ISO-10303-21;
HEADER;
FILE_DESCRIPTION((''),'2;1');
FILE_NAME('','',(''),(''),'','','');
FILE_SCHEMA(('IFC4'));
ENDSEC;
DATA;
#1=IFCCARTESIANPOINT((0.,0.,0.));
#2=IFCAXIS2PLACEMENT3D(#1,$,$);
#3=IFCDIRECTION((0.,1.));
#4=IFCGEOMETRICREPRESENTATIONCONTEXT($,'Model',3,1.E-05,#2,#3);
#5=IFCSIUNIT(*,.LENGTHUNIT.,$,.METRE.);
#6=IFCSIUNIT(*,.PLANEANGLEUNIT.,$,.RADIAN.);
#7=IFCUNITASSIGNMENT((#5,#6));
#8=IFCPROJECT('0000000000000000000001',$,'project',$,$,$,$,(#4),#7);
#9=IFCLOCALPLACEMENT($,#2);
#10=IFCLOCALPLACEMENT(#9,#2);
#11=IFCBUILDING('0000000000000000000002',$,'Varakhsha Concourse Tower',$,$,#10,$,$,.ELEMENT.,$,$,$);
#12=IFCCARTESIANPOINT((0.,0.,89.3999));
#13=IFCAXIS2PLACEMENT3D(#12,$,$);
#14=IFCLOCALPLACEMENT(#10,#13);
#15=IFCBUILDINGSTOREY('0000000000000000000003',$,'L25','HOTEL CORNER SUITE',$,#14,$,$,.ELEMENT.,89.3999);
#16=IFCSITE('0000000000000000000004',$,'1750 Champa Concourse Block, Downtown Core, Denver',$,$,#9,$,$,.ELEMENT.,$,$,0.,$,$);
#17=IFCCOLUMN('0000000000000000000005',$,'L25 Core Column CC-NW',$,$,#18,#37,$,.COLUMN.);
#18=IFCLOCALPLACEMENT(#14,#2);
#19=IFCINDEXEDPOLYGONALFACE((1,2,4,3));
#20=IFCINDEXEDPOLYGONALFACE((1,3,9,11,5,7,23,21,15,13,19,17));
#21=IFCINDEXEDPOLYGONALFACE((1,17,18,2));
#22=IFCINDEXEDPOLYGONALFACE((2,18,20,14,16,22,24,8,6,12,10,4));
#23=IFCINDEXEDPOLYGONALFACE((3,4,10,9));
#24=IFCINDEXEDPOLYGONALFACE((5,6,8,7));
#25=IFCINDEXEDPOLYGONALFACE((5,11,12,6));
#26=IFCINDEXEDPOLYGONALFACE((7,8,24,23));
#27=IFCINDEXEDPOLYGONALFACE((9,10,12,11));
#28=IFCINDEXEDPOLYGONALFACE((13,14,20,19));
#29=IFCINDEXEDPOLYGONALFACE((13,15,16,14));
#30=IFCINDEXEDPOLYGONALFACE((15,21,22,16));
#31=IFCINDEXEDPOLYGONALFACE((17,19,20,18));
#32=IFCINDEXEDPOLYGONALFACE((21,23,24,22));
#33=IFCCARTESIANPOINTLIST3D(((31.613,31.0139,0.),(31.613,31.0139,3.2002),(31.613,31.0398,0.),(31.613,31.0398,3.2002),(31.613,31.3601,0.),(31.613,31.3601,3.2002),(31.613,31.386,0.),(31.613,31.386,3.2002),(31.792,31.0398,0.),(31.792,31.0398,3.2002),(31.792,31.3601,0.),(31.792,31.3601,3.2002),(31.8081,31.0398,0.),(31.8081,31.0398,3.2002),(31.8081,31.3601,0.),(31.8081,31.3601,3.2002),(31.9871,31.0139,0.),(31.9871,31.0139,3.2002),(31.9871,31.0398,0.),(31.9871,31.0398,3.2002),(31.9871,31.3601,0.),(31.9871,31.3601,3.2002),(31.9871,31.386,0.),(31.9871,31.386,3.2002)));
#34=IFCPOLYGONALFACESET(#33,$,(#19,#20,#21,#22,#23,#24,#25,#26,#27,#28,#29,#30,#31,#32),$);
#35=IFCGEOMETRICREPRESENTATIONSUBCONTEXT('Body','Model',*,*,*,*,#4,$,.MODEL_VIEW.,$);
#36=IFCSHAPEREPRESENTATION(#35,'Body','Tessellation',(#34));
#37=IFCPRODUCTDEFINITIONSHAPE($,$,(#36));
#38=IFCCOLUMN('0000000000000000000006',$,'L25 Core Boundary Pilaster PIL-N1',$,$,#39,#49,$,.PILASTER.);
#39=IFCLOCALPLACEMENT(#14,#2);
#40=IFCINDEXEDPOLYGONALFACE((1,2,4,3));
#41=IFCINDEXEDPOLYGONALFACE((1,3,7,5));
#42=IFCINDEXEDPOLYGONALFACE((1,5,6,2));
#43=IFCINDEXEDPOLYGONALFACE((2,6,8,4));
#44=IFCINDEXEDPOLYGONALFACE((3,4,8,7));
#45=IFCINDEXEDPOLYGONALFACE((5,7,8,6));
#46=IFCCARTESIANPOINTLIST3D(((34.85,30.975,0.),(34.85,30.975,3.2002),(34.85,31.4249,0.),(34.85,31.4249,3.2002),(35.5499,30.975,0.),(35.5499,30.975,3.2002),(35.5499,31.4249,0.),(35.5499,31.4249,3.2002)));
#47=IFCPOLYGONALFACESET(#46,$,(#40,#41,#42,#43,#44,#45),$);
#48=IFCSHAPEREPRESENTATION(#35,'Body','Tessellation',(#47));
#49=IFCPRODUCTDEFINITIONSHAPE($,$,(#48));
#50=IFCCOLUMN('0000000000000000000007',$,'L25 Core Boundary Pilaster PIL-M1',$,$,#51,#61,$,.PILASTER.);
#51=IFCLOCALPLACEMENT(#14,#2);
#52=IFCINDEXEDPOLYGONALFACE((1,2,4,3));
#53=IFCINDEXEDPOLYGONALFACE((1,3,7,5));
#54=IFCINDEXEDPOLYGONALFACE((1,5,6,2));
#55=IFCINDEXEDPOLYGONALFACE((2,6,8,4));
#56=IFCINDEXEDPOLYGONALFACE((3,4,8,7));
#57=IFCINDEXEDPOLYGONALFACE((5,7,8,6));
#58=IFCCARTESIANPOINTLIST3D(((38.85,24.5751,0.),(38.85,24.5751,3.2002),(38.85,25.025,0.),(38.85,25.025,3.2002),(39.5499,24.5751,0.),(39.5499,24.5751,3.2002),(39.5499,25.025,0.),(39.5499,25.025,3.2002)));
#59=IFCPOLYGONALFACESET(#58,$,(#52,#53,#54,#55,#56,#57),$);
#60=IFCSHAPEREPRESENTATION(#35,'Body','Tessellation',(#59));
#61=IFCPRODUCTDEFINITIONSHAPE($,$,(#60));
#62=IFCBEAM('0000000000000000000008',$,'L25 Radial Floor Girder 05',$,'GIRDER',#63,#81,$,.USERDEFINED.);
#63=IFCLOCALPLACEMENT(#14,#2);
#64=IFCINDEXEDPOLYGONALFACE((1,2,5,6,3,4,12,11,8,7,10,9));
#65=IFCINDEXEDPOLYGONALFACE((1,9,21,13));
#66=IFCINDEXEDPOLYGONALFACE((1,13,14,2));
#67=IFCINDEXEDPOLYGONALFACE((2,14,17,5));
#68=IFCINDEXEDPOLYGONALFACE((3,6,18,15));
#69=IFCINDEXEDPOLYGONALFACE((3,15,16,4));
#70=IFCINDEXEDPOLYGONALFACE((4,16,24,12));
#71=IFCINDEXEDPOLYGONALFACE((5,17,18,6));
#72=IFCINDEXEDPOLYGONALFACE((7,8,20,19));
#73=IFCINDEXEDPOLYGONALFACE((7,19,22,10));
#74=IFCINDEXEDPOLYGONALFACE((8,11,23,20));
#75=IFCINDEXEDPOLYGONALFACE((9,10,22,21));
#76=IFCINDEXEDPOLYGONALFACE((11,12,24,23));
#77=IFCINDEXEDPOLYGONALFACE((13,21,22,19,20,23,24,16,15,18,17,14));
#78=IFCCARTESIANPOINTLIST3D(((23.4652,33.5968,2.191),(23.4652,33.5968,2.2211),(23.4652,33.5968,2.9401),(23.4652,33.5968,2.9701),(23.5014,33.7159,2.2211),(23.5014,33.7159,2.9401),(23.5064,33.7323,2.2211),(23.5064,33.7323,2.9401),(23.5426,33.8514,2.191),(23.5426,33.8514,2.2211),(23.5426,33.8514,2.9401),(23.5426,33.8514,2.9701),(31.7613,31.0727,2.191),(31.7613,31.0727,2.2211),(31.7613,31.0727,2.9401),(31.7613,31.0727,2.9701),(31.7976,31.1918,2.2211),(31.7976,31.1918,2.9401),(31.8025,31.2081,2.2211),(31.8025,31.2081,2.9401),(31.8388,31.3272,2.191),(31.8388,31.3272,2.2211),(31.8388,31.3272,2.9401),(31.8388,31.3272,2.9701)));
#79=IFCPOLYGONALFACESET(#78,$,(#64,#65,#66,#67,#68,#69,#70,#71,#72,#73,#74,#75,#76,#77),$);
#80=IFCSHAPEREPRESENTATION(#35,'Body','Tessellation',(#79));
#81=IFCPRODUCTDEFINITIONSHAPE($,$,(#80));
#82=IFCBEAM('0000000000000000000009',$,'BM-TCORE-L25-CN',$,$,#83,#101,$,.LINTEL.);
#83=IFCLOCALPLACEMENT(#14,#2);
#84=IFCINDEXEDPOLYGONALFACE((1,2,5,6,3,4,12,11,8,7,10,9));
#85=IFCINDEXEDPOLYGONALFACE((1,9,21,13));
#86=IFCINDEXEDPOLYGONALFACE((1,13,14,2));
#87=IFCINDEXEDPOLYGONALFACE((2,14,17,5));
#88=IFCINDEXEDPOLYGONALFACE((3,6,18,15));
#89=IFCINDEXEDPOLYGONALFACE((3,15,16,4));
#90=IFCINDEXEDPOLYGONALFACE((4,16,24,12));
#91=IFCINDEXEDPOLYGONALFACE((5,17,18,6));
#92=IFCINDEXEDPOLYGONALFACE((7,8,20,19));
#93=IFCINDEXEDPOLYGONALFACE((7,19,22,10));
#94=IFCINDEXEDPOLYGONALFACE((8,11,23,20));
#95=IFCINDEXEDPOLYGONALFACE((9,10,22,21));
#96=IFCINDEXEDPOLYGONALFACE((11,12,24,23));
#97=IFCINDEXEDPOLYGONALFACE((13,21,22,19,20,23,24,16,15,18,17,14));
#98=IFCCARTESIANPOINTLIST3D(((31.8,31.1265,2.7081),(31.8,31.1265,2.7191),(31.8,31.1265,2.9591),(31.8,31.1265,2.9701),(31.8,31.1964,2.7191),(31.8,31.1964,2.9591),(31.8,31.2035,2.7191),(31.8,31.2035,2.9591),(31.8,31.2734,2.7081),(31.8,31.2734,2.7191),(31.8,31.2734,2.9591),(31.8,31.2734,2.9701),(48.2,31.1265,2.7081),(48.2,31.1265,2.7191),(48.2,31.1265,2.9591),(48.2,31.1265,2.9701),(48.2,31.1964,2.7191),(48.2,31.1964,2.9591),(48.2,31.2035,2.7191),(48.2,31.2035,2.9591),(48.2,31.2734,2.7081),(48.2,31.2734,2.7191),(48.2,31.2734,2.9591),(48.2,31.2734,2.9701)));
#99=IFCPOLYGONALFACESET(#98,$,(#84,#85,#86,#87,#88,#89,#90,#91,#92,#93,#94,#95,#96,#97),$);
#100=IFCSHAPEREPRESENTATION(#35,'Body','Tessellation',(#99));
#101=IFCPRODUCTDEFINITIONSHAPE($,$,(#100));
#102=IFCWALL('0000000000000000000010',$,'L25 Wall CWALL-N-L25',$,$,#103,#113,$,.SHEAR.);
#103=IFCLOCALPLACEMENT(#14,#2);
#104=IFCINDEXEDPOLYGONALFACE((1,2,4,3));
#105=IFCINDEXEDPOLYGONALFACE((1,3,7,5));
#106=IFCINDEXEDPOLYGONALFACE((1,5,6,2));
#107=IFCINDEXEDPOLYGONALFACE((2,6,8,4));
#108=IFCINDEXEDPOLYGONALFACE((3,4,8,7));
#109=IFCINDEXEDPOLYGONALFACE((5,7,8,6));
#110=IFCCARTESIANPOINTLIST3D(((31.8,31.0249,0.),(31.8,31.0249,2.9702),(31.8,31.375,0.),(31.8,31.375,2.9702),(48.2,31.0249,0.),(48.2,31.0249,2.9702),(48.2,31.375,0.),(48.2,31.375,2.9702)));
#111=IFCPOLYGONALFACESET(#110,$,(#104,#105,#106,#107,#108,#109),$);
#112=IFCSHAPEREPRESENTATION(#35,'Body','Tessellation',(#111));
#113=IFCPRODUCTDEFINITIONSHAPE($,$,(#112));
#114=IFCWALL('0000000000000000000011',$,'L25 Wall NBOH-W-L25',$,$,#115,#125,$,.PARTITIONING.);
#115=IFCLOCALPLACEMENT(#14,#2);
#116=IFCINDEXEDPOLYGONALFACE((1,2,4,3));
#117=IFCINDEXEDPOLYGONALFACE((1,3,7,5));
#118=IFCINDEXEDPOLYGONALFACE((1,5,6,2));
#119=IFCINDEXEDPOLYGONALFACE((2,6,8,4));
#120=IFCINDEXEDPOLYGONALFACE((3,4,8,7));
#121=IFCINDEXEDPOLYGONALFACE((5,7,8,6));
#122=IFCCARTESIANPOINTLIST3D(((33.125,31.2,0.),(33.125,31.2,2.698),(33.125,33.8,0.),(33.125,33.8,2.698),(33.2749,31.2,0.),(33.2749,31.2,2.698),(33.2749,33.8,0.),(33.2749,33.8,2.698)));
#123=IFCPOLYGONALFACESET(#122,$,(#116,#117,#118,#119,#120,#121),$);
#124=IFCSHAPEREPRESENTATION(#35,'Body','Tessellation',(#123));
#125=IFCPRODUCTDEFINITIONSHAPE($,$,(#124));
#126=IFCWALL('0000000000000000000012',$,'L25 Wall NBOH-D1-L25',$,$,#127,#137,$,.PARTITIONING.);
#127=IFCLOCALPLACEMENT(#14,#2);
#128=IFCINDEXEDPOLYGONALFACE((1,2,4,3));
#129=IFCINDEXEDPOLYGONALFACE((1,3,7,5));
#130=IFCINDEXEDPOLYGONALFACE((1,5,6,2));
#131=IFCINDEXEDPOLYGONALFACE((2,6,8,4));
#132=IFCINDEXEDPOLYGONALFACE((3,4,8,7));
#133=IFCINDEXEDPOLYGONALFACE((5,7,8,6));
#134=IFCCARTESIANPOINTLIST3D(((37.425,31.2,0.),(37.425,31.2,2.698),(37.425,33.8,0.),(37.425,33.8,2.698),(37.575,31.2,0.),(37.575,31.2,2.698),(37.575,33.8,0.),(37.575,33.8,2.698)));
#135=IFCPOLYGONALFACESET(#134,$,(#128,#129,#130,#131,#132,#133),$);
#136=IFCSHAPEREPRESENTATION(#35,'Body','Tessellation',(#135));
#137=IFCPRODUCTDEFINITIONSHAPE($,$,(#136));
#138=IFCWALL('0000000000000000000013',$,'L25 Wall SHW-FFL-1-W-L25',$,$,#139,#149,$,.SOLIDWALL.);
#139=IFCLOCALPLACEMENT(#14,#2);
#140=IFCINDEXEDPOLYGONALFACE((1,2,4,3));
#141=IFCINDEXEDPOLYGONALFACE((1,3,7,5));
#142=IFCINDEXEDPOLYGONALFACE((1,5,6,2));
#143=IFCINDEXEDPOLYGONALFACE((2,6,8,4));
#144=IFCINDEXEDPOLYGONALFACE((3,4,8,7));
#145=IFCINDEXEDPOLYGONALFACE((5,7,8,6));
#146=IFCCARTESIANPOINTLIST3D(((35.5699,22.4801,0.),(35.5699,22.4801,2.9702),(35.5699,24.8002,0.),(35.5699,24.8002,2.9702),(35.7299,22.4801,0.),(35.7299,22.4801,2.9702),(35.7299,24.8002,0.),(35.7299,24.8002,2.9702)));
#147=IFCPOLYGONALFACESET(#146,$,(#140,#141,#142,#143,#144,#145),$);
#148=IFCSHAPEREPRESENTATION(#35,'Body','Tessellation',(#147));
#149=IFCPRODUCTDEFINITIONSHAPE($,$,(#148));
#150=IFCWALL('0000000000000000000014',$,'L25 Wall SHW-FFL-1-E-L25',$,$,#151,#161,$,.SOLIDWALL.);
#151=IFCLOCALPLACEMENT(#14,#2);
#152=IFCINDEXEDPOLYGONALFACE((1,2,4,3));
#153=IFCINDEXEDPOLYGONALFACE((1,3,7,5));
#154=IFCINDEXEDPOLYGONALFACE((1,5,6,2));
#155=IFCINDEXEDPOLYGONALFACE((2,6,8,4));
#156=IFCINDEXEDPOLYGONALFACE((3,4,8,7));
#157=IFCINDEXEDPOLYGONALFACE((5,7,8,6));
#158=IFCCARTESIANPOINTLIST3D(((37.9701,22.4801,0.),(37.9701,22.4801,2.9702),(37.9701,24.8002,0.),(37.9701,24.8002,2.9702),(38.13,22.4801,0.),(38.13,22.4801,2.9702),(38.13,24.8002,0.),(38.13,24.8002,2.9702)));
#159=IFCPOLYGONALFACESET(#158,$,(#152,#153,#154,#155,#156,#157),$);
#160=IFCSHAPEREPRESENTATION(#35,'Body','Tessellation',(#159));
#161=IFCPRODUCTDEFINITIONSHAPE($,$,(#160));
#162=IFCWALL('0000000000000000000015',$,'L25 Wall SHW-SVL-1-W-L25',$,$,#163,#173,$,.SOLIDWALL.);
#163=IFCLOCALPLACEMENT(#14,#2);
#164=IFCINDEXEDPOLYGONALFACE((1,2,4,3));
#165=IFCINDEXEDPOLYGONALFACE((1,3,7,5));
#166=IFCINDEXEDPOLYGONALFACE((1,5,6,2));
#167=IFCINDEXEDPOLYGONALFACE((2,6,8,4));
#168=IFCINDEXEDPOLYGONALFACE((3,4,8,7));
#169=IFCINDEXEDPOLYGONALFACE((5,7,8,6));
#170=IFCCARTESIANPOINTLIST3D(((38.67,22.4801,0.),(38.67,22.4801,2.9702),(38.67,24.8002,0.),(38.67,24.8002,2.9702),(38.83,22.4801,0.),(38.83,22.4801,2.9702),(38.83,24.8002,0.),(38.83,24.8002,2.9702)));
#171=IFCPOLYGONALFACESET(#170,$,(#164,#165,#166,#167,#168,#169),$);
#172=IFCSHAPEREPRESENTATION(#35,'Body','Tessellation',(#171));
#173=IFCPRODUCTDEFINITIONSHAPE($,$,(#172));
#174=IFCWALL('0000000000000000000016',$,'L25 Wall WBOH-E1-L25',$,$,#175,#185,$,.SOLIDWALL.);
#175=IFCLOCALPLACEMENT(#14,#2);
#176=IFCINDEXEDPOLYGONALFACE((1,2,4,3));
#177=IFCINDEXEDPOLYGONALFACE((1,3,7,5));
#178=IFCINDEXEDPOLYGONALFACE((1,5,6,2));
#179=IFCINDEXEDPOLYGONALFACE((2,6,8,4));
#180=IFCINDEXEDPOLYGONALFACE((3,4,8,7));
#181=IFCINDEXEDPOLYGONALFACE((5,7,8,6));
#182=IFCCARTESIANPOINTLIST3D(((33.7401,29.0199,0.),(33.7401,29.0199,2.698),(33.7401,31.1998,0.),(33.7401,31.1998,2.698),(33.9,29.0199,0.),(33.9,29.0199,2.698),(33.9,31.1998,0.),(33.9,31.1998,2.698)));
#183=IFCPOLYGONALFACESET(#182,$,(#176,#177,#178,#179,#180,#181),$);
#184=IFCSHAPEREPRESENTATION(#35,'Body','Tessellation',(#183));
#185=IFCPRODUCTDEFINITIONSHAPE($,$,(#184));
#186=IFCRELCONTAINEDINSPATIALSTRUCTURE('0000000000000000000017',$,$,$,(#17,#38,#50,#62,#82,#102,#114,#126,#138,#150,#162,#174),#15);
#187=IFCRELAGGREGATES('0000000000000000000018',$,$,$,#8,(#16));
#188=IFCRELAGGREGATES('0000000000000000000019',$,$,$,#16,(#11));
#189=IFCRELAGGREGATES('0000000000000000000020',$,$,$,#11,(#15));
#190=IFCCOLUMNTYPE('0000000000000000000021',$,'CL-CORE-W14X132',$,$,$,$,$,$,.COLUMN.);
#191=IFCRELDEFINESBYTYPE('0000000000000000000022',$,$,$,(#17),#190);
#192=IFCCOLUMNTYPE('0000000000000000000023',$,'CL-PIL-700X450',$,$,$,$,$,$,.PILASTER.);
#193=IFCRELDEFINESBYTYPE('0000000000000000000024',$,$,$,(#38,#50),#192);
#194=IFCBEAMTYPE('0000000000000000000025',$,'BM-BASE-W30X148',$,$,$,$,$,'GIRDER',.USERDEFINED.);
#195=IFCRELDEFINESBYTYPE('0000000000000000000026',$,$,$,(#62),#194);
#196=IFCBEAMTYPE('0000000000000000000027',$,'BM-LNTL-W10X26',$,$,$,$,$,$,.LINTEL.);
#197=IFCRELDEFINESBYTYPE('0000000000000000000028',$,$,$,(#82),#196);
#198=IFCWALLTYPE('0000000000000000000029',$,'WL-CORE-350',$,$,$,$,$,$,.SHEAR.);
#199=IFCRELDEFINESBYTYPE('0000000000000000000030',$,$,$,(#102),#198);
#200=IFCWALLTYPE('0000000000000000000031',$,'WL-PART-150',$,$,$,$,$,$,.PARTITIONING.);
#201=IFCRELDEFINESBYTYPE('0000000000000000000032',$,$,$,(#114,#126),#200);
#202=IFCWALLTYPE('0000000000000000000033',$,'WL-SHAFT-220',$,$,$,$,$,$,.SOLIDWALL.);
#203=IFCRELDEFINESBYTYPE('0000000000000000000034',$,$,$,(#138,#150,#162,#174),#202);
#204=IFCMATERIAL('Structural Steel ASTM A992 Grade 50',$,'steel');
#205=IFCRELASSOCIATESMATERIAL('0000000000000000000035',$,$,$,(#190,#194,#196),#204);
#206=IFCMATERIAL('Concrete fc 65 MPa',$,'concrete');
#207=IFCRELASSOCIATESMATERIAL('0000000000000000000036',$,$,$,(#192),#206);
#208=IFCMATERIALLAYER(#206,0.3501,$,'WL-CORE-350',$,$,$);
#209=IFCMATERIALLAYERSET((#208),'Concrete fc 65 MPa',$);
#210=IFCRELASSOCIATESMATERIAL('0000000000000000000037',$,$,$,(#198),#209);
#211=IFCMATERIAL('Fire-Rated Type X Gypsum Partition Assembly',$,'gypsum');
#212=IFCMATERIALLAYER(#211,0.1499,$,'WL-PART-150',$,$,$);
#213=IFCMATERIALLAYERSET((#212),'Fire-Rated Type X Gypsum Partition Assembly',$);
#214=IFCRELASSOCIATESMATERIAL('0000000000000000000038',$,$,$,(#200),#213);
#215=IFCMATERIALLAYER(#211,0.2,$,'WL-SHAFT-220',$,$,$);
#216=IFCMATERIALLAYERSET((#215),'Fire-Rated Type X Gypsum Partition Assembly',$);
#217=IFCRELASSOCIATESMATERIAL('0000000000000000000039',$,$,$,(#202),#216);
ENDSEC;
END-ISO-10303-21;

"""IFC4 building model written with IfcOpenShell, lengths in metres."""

from ifc_helpers import new_model, si_unit, direction, frame, frame_2d, origin, origin_2d, place, context, subcontext, project, spatial, rectangle, i_section, extrude, material, layer, layer_set, material_profile, profile_set, type_object, element, save


model = new_model("IFC4")

# Units and contexts
model_context = context("Model", 3, precision=1e-05, world=origin(), true_north=direction((0.0, 1.0)))
body_context = subcontext(model_context, "Body", "Model", "MODEL_VIEW")
ifc_project = project(units=[si_unit("LENGTHUNIT", "METRE"), si_unit("PLANEANGLEUNIT", "RADIAN")], contexts=[model_context])

# Site, building, storey
site_placement = place(None, origin())
site = spatial("IfcSite", under=ifc_project, at=site_placement, Name="1750 Champa Concourse Block, Downtown Core, Denver", CompositionType="ELEMENT", RefElevation=0.0)
building_placement = place(site_placement, origin())
building = spatial("IfcBuilding", under=site, at=building_placement, Name="Varakhsha Concourse Tower", CompositionType="ELEMENT")
storey_placement = place(building_placement, frame((0.0, 0.0, 89.3999)))
storey = spatial("IfcBuildingStorey", under=building, at=storey_placement, Name="L25", Description="HOTEL CORNER SUITE", CompositionType="ELEMENT", Elevation=89.3999)

# Columns
ifc_material_1 = material(Name="Structural Steel ASTM A992 Grade 50", Category="steel")
ifc_material_profile_1 = material_profile(ifc_material_1, i_section(OverallWidth=0.374, OverallDepth=0.3721, WebThickness=0.0161, FlangeThickness=0.0259, at=origin_2d()), Name="W14X132")
ifc_profile_set_1 = profile_set([ifc_material_profile_1], Name="Structural Steel ASTM A992 Grade 50")
column_type_1 = type_object("IfcColumnType", Name="CL-CORE-W14X132", PredefinedType="COLUMN", material=ifc_profile_set_1)
column_placement = place(storey_placement, frame((31.8, 31.2, 0.0), z_axis=(0.0, 0.0, 1.0), x_axis=(1.0, 0.0, 0.0)))
element("IfcColumn", 1, at=column_placement, inside=storey, type_object=column_type_1, Name="L25 Core Column CC-NW", PredefinedType="COLUMN", context=body_context, shape_type="SweptSolid", body=[
    extrude(i_section(OverallWidth=0.374, OverallDepth=0.3721, WebThickness=0.0161, FlangeThickness=0.0259, at=origin_2d()), origin(), (0.0, 0.0, 1.0), 3.2002),
])
ifc_material_2 = material(Name="Concrete fc 65 MPa", Category="concrete")
ifc_material_profile_2 = material_profile(ifc_material_2, rectangle(XDim=0.7, YDim=0.45, at=origin_2d()), Name="RC 700x450")
ifc_profile_set_2 = profile_set([ifc_material_profile_2], Name="Concrete fc 65 MPa")
column_type_2 = type_object("IfcColumnType", Name="CL-PIL-700X450", PredefinedType="PILASTER", material=ifc_profile_set_2)
for number, where, z_axis, x_axis, name in (
    (2, (35.2, 31.2, 0.0), (0.0, 0.0, 1.0), (1.0, 0.0, 0.0), "L25 Core Boundary Pilaster PIL-N1"),
    (3, (39.2, 24.8, 0.0), (0.0, 0.0, 1.0), (1.0, 0.0, 0.0), "L25 Core Boundary Pilaster PIL-M1"),
):
    element("IfcColumn", number, at=place(storey_placement, frame(where, z_axis=z_axis, x_axis=x_axis)), inside=storey, type_object=column_type_2, Name=name, PredefinedType="PILASTER", context=body_context, shape_type="SweptSolid", body=[
        extrude(rectangle(XDim=0.7, YDim=0.45, at=origin_2d()), origin(), (0.0, 0.0, 1.0), 3.2002),
    ])

# Beams
ifc_material_profile_3 = material_profile(ifc_material_1, i_section(OverallWidth=0.2661, OverallDepth=0.7791, WebThickness=0.0171, FlangeThickness=0.03, at=origin_2d()), Name="W30X148")
ifc_profile_set_3 = profile_set([ifc_material_profile_3], Name="Structural Steel ASTM A992 Grade 50")
beam_type_1 = type_object("IfcBeamType", Name="BM-BASE-W30X148", ElementType="GIRDER", PredefinedType="USERDEFINED", material=ifc_profile_set_3)
beam_1_placement = place(storey_placement, frame((31.8, 31.2, 2.5806), z_axis=(-0.956698, 0.291083, 0.0), x_axis=(-0.291083, -0.956698, 0.0)))
element("IfcBeam", 4, at=beam_1_placement, inside=storey, type_object=beam_type_1, Name="L25 Radial Floor Girder 05", ObjectType="GIRDER", PredefinedType="USERDEFINED", context=body_context, shape_type="SweptSolid", body=[
    extrude(i_section(OverallWidth=0.2661, OverallDepth=0.7791, WebThickness=0.0171, FlangeThickness=0.03, at=origin_2d()), origin(), (0.0, 0.0, 1.0), 8.6716),
])
ifc_material_profile_4 = material_profile(ifc_material_1, i_section(OverallWidth=0.147, OverallDepth=0.262, WebThickness=0.0071, FlangeThickness=0.011, at=origin_2d()), Name="W10X26")
ifc_profile_set_4 = profile_set([ifc_material_profile_4], Name="Structural Steel ASTM A992 Grade 50")
beam_type_2 = type_object("IfcBeamType", Name="BM-LNTL-W10X26", PredefinedType="LINTEL", material=ifc_profile_set_4)
beam_2_placement = place(storey_placement, frame((31.8, 31.2, 2.8391), z_axis=(1.0, 0.0, 0.0), x_axis=(0.0, 1.0, 0.0)))
element("IfcBeam", 5, at=beam_2_placement, inside=storey, type_object=beam_type_2, Name="BM-TCORE-L25-CN", PredefinedType="LINTEL", context=body_context, shape_type="SweptSolid", body=[
    extrude(i_section(OverallWidth=0.147, OverallDepth=0.262, WebThickness=0.0071, FlangeThickness=0.011, at=origin_2d()), origin(), (0.0, 0.0, 1.0), 16.3999),
])

# Walls
ifc_layer_1 = layer(ifc_material_2, 0.3501, Name="WL-CORE-350")
ifc_layer_set_1 = layer_set([ifc_layer_1], Name="Concrete fc 65 MPa")
wall_type_1 = type_object("IfcWallType", Name="WL-CORE-350", PredefinedType="SHEAR", material=ifc_layer_set_1)
wall_1_placement = place(storey_placement, frame((31.8, 31.2, 0.0), z_axis=(0.0, 0.0, 1.0), x_axis=(1.0, 0.0, 0.0)))
element("IfcWall", 6, at=wall_1_placement, inside=storey, type_object=wall_type_1, Name="L25 Wall CWALL-N-L25", PredefinedType="SHEAR", context=body_context, shape_type="SweptSolid", body=[
    extrude(rectangle(XDim=16.3999, YDim=0.3501, at=frame_2d((8.2, 0.0))), origin(), (0.0, 0.0, 1.0), 2.9702),
])
ifc_material_3 = material(Name="Fire-Rated Type X Gypsum Partition Assembly", Category="gypsum")
ifc_layer_2 = layer(ifc_material_3, 0.1499, Name="WL-PART-150")
ifc_layer_set_2 = layer_set([ifc_layer_2], Name="Fire-Rated Type X Gypsum Partition Assembly")
wall_type_2 = type_object("IfcWallType", Name="WL-PART-150", PredefinedType="PARTITIONING", material=ifc_layer_set_2)
for number, where, z_axis, x_axis, name in (
    (7, (33.2, 31.2, 0.0), (0.0, 0.0, 1.0), (0.0, 1.0, 0.0), "L25 Wall NBOH-W-L25"),
    (8, (37.5, 31.2, 0.0), (0.0, 0.0, 1.0), (0.0, 1.0, 0.0), "L25 Wall NBOH-D1-L25"),
):
    element("IfcWall", number, at=place(storey_placement, frame(where, z_axis=z_axis, x_axis=x_axis)), inside=storey, type_object=wall_type_2, Name=name, PredefinedType="PARTITIONING", context=body_context, shape_type="SweptSolid", body=[
        extrude(rectangle(XDim=2.6001, YDim=0.1499, at=frame_2d((1.3, 0.0))), origin(), (0.0, 0.0, 1.0), 2.698),
    ])

# Shared definitions
ifc_layer_3 = layer(ifc_material_3, 0.2, Name="WL-SHAFT-220")
ifc_layer_set_3 = layer_set([ifc_layer_3], Name="Fire-Rated Type X Gypsum Partition Assembly")
wall_type_3 = type_object("IfcWallType", Name="WL-SHAFT-220", PredefinedType="SOLIDWALL", material=ifc_layer_set_3)

# Walls
for number, where, z_axis, x_axis, name in (
    (9, (35.6499, 22.48, 0.0), (0.0, 0.0, 1.0), (0.0, 1.0, 0.0), "L25 Wall SHW-FFL-1-W-L25"),
    (10, (38.05, 22.48, 0.0), (0.0, 0.0, 1.0), (0.0, 1.0, 0.0), "L25 Wall SHW-FFL-1-E-L25"),
    (11, (38.75, 22.48, 0.0), (0.0, 0.0, 1.0), (0.0, 1.0, 0.0), "L25 Wall SHW-SVL-1-W-L25"),
):
    element("IfcWall", number, at=place(storey_placement, frame(where, z_axis=z_axis, x_axis=x_axis)), inside=storey, type_object=wall_type_3, Name=name, PredefinedType="SOLIDWALL", context=body_context, shape_type="SweptSolid", body=[
        extrude(rectangle(XDim=2.3201, YDim=0.1599, at=frame_2d((1.1602, 0.0))), origin(), (0.0, 0.0, 1.0), 2.9702),
    ])
wall_2_placement = place(storey_placement, frame((33.8201, 29.02, 0.0), z_axis=(0.0, 0.0, 1.0), x_axis=(0.0, 1.0, 0.0)))
element("IfcWall", 12, at=wall_2_placement, inside=storey, type_object=wall_type_3, Name="L25 Wall WBOH-E1-L25", PredefinedType="SOLIDWALL", context=body_context, shape_type="SweptSolid", body=[
    extrude(rectangle(XDim=2.1799, YDim=0.1599, at=frame_2d((1.0898, 0.0))), origin(), (0.0, 0.0, 1.0), 2.698),
])

save(model, "model.ifc")
